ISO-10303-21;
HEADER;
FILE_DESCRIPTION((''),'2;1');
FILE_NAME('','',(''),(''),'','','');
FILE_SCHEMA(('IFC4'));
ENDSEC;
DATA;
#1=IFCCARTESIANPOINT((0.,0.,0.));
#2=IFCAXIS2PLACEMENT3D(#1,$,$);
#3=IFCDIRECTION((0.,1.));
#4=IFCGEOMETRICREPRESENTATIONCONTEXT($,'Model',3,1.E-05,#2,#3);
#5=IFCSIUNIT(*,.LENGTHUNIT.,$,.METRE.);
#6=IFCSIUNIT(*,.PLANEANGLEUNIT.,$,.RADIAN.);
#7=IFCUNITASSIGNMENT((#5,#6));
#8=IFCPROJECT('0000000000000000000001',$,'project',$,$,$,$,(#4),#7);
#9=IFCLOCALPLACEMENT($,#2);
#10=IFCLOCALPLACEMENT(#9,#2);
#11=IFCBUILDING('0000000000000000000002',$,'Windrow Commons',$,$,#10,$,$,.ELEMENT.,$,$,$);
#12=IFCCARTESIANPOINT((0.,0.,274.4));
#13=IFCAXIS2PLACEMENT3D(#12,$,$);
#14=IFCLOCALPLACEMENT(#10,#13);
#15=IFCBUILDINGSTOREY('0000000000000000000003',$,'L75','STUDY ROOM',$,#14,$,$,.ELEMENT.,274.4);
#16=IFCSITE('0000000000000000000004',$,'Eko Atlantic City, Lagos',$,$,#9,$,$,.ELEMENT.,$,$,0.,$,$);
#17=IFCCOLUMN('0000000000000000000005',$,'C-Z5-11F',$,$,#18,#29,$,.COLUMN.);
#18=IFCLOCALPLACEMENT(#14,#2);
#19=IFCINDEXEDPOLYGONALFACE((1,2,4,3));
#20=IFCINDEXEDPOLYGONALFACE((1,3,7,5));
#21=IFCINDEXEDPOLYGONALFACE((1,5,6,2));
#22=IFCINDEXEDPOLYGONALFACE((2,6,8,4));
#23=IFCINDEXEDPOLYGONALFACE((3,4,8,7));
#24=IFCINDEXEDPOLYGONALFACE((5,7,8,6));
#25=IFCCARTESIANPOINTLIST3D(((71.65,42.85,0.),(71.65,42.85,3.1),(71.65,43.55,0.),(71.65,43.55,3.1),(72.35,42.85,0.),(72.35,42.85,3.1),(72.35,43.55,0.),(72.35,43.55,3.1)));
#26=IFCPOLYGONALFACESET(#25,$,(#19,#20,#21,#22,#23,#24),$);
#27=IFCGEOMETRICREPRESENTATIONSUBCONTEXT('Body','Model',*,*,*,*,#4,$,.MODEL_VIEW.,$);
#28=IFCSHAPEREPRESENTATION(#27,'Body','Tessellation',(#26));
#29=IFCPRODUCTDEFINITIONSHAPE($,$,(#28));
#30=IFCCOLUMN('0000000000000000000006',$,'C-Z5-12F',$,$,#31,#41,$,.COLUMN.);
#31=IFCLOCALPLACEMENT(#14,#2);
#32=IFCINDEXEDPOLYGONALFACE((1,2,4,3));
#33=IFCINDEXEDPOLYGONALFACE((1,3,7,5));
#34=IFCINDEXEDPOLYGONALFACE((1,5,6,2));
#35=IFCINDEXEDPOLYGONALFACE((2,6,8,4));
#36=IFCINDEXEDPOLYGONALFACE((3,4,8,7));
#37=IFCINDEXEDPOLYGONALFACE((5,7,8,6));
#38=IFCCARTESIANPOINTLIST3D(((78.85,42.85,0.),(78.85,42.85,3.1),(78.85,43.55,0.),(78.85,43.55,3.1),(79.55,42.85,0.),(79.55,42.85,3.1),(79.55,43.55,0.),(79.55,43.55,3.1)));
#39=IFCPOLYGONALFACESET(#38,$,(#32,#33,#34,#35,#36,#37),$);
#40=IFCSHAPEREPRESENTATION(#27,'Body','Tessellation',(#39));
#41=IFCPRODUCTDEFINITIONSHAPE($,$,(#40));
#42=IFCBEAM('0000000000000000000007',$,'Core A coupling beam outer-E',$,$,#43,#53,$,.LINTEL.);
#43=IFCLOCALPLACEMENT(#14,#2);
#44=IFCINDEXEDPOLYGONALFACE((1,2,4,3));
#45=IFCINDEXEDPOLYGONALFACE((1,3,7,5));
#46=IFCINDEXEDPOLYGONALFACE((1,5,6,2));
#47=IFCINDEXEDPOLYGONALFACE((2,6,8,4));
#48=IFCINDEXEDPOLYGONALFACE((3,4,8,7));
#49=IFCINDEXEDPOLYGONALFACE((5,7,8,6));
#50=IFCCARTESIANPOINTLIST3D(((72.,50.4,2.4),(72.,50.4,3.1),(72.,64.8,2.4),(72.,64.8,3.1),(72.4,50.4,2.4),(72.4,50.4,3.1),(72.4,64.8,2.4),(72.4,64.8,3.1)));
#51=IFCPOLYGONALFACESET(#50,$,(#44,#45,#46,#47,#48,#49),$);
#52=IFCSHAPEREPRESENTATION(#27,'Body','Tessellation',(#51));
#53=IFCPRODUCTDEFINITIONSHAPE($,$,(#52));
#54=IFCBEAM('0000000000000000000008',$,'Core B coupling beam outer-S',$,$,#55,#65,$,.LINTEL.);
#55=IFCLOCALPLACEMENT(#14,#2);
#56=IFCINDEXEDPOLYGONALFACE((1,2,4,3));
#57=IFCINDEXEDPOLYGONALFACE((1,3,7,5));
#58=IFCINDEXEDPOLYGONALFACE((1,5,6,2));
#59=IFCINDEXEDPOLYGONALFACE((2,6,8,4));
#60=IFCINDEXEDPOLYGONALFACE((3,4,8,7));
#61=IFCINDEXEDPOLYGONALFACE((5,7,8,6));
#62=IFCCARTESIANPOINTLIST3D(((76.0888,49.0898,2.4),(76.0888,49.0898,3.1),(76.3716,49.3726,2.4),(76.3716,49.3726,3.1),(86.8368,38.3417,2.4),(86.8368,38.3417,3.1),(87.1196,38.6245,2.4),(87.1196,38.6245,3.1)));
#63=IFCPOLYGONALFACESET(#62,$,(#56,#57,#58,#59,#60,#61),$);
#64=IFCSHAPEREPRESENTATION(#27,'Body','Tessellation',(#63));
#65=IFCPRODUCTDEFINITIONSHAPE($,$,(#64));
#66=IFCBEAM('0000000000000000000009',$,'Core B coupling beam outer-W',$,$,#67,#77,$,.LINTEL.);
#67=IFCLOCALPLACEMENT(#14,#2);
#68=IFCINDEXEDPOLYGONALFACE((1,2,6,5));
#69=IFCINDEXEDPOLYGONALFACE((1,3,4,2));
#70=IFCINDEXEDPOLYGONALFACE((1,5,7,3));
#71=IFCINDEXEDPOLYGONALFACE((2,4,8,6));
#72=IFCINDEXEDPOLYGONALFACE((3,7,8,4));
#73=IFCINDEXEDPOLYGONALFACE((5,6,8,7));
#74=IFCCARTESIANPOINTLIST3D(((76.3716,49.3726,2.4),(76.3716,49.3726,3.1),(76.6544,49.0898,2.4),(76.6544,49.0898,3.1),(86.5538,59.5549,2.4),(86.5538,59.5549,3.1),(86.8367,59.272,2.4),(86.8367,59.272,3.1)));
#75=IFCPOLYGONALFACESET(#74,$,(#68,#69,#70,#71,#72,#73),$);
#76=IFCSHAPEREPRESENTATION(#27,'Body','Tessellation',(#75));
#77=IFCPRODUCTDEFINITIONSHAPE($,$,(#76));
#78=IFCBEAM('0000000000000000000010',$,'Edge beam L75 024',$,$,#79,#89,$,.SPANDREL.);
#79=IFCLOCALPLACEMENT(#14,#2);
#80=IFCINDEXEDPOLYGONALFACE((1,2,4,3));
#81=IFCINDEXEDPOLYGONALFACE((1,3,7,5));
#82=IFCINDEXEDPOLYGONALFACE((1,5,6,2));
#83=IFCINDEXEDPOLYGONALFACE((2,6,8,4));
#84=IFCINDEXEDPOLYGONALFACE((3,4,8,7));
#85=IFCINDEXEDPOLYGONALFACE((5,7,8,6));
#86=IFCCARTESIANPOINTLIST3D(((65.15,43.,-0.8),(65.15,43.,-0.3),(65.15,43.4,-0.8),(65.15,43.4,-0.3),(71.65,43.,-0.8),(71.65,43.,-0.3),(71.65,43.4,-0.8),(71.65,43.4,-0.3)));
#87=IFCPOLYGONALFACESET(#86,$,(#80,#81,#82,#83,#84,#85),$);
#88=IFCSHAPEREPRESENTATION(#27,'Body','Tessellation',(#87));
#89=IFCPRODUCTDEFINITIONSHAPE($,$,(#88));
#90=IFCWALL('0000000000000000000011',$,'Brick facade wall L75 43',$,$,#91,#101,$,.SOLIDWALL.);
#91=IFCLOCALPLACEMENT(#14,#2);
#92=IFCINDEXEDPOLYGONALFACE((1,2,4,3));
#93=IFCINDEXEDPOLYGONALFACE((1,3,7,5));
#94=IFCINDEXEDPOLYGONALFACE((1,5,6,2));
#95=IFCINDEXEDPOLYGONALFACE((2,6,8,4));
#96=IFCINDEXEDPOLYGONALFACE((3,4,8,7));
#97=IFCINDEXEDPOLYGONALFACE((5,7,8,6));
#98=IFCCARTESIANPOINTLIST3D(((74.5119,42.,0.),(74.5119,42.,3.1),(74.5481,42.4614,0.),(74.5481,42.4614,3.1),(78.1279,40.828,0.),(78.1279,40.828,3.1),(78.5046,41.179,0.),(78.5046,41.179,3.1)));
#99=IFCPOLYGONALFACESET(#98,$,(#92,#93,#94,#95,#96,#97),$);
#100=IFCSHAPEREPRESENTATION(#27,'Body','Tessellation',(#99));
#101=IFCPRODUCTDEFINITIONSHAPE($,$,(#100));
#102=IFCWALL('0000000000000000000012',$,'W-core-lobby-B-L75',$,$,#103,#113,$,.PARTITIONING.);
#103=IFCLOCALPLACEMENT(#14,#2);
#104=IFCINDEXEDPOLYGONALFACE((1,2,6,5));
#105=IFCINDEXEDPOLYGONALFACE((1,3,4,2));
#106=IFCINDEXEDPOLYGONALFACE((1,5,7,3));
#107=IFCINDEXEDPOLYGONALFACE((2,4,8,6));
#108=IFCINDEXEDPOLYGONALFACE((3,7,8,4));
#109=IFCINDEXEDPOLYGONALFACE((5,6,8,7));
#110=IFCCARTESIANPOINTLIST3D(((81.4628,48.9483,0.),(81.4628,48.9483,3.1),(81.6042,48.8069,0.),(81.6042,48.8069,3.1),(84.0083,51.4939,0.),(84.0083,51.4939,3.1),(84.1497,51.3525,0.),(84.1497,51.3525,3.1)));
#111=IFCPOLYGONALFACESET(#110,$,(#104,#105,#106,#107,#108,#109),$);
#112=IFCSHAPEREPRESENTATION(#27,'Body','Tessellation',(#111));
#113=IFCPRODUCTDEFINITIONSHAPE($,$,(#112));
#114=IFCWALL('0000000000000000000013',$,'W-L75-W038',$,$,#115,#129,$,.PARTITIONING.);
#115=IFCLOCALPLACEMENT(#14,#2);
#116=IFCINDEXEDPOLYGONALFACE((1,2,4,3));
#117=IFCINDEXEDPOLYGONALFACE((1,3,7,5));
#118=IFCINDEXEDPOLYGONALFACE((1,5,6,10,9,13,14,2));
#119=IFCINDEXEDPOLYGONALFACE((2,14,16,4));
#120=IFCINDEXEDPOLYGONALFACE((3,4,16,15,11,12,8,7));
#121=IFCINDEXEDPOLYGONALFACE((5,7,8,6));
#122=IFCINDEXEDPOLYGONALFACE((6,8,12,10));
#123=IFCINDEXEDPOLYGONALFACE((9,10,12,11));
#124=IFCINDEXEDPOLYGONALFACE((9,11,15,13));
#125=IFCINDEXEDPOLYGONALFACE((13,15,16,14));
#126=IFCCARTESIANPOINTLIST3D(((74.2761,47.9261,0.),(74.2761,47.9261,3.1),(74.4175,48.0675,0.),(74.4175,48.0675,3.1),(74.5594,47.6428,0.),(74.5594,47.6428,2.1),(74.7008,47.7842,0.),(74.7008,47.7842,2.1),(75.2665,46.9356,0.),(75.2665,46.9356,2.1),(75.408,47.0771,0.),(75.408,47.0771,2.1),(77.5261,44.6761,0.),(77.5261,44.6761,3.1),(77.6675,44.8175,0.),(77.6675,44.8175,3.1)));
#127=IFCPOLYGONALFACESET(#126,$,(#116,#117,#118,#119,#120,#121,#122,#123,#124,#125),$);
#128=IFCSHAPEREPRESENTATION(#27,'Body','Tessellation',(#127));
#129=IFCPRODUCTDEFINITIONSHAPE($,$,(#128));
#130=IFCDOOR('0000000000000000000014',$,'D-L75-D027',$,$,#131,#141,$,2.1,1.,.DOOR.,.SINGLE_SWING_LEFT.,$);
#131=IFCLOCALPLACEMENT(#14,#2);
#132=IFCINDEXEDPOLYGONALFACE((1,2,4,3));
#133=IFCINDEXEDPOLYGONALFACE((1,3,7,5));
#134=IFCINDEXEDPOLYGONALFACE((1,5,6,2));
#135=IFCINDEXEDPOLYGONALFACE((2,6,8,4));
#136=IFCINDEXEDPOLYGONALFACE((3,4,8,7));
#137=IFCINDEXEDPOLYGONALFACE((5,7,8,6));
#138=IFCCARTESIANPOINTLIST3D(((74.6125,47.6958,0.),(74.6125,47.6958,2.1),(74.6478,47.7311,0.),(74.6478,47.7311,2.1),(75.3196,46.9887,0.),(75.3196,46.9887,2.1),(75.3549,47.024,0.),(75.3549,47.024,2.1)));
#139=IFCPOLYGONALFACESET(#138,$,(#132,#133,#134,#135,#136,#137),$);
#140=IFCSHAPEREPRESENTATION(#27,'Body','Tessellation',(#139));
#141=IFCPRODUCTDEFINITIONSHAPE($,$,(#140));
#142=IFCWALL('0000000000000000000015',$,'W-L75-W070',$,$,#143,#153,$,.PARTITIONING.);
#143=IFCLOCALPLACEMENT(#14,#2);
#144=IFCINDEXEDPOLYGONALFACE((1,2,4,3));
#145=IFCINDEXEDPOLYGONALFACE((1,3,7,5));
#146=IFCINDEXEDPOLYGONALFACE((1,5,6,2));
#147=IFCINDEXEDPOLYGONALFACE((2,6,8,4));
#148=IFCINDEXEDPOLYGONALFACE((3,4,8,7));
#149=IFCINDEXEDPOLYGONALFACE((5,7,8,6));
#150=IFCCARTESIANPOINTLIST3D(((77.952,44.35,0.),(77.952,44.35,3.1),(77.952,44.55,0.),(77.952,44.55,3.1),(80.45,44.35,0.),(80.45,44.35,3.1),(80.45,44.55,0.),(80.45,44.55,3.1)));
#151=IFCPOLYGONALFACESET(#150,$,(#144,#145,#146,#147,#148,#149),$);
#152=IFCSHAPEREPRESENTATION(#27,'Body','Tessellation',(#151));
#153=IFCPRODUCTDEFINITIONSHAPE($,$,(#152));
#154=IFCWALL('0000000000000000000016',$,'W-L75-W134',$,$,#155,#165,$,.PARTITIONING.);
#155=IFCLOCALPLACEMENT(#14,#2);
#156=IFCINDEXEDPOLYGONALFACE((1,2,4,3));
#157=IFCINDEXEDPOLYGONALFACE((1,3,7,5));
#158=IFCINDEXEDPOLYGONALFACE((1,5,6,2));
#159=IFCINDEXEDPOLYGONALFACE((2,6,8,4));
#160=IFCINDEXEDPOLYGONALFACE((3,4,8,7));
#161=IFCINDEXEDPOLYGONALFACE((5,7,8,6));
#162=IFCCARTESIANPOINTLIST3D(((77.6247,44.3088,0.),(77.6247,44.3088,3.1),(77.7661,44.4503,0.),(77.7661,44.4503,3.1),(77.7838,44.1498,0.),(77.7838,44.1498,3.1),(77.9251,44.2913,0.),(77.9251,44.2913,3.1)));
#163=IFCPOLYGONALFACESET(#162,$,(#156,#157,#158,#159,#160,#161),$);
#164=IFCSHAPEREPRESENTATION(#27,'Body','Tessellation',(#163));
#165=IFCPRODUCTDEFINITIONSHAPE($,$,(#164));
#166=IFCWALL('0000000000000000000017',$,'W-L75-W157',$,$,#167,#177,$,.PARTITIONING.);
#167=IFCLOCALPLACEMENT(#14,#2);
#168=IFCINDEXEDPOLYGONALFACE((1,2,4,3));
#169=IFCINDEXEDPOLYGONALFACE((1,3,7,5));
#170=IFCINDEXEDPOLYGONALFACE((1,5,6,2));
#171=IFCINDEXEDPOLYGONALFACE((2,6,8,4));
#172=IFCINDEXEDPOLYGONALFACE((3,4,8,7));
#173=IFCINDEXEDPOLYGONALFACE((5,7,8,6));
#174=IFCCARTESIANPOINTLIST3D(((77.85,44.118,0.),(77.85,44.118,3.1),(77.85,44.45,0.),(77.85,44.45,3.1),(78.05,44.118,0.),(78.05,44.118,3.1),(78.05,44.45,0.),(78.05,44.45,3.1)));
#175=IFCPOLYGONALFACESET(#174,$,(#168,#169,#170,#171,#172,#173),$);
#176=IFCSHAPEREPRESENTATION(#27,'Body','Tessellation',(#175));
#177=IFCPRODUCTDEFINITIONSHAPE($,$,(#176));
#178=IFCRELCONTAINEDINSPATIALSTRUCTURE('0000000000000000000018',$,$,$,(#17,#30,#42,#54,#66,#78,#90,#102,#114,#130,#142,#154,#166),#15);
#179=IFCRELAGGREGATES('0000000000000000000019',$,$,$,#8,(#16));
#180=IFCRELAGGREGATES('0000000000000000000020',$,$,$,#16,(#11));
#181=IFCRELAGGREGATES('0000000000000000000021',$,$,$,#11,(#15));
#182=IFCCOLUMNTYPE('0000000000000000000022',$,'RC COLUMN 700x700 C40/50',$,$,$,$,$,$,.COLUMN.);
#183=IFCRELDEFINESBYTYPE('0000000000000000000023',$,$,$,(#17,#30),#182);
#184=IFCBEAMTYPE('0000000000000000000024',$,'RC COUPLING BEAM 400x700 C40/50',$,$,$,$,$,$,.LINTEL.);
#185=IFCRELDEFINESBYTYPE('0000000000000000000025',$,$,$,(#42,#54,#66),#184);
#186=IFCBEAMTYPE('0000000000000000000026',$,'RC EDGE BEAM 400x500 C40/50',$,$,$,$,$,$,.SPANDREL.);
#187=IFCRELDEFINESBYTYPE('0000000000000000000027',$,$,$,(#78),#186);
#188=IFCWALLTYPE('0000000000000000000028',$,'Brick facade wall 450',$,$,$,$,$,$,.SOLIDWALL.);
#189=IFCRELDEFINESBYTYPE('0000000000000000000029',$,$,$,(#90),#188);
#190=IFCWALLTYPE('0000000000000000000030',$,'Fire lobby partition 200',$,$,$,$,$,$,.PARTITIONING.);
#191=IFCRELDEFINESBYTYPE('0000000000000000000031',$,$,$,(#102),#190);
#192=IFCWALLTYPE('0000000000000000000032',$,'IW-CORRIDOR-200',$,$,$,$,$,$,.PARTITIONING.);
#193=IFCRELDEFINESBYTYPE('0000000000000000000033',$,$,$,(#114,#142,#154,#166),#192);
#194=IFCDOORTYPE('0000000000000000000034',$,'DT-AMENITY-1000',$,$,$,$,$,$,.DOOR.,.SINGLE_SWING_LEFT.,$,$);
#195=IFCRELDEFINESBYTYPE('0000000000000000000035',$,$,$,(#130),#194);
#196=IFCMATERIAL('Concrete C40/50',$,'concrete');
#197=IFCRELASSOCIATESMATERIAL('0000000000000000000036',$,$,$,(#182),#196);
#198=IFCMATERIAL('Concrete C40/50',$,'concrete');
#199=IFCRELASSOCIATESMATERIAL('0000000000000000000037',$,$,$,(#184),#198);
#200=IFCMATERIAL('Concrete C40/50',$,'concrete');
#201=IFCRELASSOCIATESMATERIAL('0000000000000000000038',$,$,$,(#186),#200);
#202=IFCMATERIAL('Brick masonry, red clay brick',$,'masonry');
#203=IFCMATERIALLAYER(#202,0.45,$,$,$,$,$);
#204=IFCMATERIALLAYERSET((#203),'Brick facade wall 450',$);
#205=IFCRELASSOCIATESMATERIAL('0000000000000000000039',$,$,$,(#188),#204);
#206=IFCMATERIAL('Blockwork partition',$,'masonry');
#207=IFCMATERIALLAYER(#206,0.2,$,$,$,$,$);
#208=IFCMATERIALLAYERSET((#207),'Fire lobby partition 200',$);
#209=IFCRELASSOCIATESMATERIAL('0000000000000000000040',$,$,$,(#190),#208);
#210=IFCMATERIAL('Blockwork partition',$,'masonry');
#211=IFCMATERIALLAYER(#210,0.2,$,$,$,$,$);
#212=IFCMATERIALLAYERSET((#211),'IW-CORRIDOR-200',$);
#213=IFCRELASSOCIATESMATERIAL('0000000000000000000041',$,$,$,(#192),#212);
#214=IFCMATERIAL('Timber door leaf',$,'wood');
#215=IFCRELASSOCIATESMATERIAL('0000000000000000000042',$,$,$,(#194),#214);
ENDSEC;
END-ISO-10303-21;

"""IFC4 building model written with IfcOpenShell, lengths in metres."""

from ifc_helpers import new_model, si_unit, direction, frame, frame_2d, origin, origin_2d, place, context, subcontext, project, spatial, polyline, rectangle, outline, extrude, material, layer, layer_set, material_profile, profile_set, type_object, element, fill, save


model = new_model("IFC4")

# Units and contexts
model_context = context("Model", 3, precision=1e-05, world=origin(), true_north=direction((0.0, 1.0)))
body_context = subcontext(model_context, "Body", "Model", "MODEL_VIEW")
ifc_project = project(units=[si_unit("LENGTHUNIT", "METRE"), si_unit("PLANEANGLEUNIT", "RADIAN")], contexts=[model_context])

# Site, building, storey
site_placement = place(None, origin())
site = spatial("IfcSite", under=ifc_project, at=site_placement, Name="Eko Atlantic City, Lagos", CompositionType="ELEMENT", RefElevation=0.0)
building_placement = place(site_placement, origin())
building = spatial("IfcBuilding", under=site, at=building_placement, Name="Windrow Commons", CompositionType="ELEMENT")
storey_placement = place(building_placement, frame((0.0, 0.0, 274.4)))
storey = spatial("IfcBuildingStorey", under=building, at=storey_placement, Name="L75", Description="STUDY ROOM", CompositionType="ELEMENT", Elevation=274.4)

# Columns
ifc_material_1 = material(Name="Concrete C40/50", Category="concrete")
ifc_material_profile_1 = material_profile(ifc_material_1, rectangle(XDim=0.7, YDim=0.7, at=origin_2d()))
ifc_profile_set_1 = profile_set([ifc_material_profile_1], Name="Concrete C40/50")
column_type = type_object("IfcColumnType", Name="RC COLUMN 700x700 C40/50", PredefinedType="COLUMN", material=ifc_profile_set_1)
for number, where, z_axis, x_axis, name in (
    (1, (72.0, 43.2, 0.0), (0.0, 0.0, 1.0), (1.0, 0.0, 0.0), "C-Z5-11F"),
    (2, (79.2, 43.2, 0.0), (0.0, 0.0, 1.0), (1.0, 0.0, 0.0), "C-Z5-12F"),
):
    element("IfcColumn", number, at=place(storey_placement, frame(where, z_axis=z_axis, x_axis=x_axis)), inside=storey, type_object=column_type, Name=name, PredefinedType="COLUMN", context=body_context, shape_type="SweptSolid", body=[
        extrude(rectangle(XDim=0.7, YDim=0.7, at=origin_2d()), origin(), (0.0, 0.0, 1.0), 3.1),
    ])

# Beams
ifc_material_2 = material(Name="Concrete C40/50", Category="concrete")
ifc_material_profile_2 = material_profile(ifc_material_2, rectangle(XDim=0.4, YDim=0.7, at=origin_2d()))
ifc_profile_set_2 = profile_set([ifc_material_profile_2], Name="Concrete C40/50")
beam_type_1 = type_object("IfcBeamType", Name="RC COUPLING BEAM 400x700 C40/50", PredefinedType="LINTEL", material=ifc_profile_set_2)
beam_1_placement = place(storey_placement, frame((72.2, 50.4, 2.75), z_axis=(0.0, 1.0, 0.0), x_axis=(-1.0, 0.0, 0.0)))
element("IfcBeam", 3, at=beam_1_placement, inside=storey, type_object=beam_type_1, Name="Core A coupling beam outer-E", PredefinedType="LINTEL", context=body_context, shape_type="SweptSolid", body=[
    extrude(rectangle(XDim=0.4, YDim=0.7, at=origin_2d()), origin(), (0.0, 0.0, 1.0), 14.4),
])
beam_2_placement = place(storey_placement, frame((76.2302, 49.2312, 2.75), z_axis=(0.707103, -0.70711, 0.0), x_axis=(0.70711, 0.707103, 0.0)))
element("IfcBeam", 4, at=beam_2_placement, inside=storey, type_object=beam_type_1, Name="Core B coupling beam outer-S", PredefinedType="LINTEL", context=body_context, shape_type="SweptSolid", body=[
    extrude(rectangle(XDim=0.4, YDim=0.7, at=origin_2d()), origin(), (0.0, 0.0, 1.0), 15.2),
])
beam_3_placement = place(storey_placement, frame((76.513, 49.2312, 2.75), z_axis=(0.707107, 0.707107, 0.0), x_axis=(-0.707107, 0.707107, 0.0)))
element("IfcBeam", 5, at=beam_3_placement, inside=storey, type_object=beam_type_1, Name="Core B coupling beam outer-W", PredefinedType="LINTEL", context=body_context, shape_type="SweptSolid", body=[
    extrude(rectangle(XDim=0.4, YDim=0.7, at=origin_2d()), origin(), (0.0, 0.0, 1.0), 14.3999),
])
ifc_material_3 = material(Name="Concrete C40/50", Category="concrete")
ifc_material_profile_3 = material_profile(ifc_material_3, rectangle(XDim=0.4, YDim=0.5, at=origin_2d()))
ifc_profile_set_3 = profile_set([ifc_material_profile_3], Name="Concrete C40/50")
beam_type_2 = type_object("IfcBeamType", Name="RC EDGE BEAM 400x500 C40/50", PredefinedType="SPANDREL", material=ifc_profile_set_3)
beam_4_placement = place(storey_placement, frame((71.65, 43.2, -0.55), z_axis=(-1.0, 0.0, 0.0), x_axis=(0.0, -1.0, 0.0)))
element("IfcBeam", 6, at=beam_4_placement, inside=storey, type_object=beam_type_2, Name="Edge beam L75 024", PredefinedType="SPANDREL", context=body_context, shape_type="SweptSolid", body=[
    extrude(rectangle(XDim=0.4, YDim=0.5, at=origin_2d()), origin(), (0.0, 0.0, 1.0), 6.5),
])

# Walls
ifc_material_4 = material(Name="Brick masonry, red clay brick", Category="masonry")
ifc_layer_1 = layer(ifc_material_4, 0.45)
ifc_layer_set_1 = layer_set([ifc_layer_1], Name="Brick facade wall 450")
wall_type_1 = type_object("IfcWallType", Name="Brick facade wall 450", PredefinedType="SOLIDWALL", material=ifc_layer_set_1)
wall_1_placement = place(storey_placement, frame((74.53, 42.2307, 0.0), z_axis=(0.0, 0.0, 1.0), x_axis=(0.951281, -0.308325, 0.0)))
element("IfcWall", 7, at=wall_1_placement, inside=storey, type_object=wall_type_1, Name="Brick facade wall L75 43", PredefinedType="SOLIDWALL", context=body_context, shape_type="SweptSolid", body=[
    extrude(outline(polyline([(0.0539, -0.225), (3.8551, -0.225), (4.1052, 0.225), (-0.0539, 0.225), (0.0539, -0.225)])), origin(), (0.0, 0.0, 1.0), 3.1),
])
ifc_material_5 = material(Name="Blockwork partition", Category="masonry")
ifc_layer_2 = layer(ifc_material_5, 0.2)
ifc_layer_set_2 = layer_set([ifc_layer_2], Name="Fire lobby partition 200")
wall_type_2 = type_object("IfcWallType", Name="Fire lobby partition 200", PredefinedType="PARTITIONING", material=ifc_layer_set_2)
wall_2_placement = place(storey_placement, frame((81.5335, 48.8776, 0.0), z_axis=(0.0, 0.0, 1.0), x_axis=(0.707093, 0.707121, 0.0)))
element("IfcWall", 8, at=wall_2_placement, inside=storey, type_object=wall_type_2, Name="W-core-lobby-B-L75", PredefinedType="PARTITIONING", context=body_context, shape_type="SweptSolid", body=[
    extrude(rectangle(XDim=3.6, YDim=0.2, at=frame_2d((1.8, 0.0))), origin(), (0.0, 0.0, 1.0), 3.1),
])

# Wall, opening, door
ifc_material_6 = material(Name="Blockwork partition", Category="masonry")
ifc_layer_3 = layer(ifc_material_6, 0.2)
ifc_layer_set_3 = layer_set([ifc_layer_3], Name="IW-CORRIDOR-200")
wall_type_3 = type_object("IfcWallType", Name="IW-CORRIDOR-200", PredefinedType="PARTITIONING", material=ifc_layer_set_3)
wall_3_placement = place(storey_placement, frame((74.3468, 47.9968, 0.0), z_axis=(0.0, 0.0, 1.0), x_axis=(0.707107, -0.707107, 0.0)))
wall_3 = element("IfcWall", 9, at=wall_3_placement, inside=storey, type_object=wall_type_3, Name="W-L75-W038", PredefinedType="PARTITIONING", context=body_context, shape_type="SweptSolid", body=[
    extrude(rectangle(XDim=4.5962, YDim=0.2, at=frame_2d((2.2981, 0.0))), origin(), (0.0, 0.0, 1.0), 3.1),
])
opening_1_placement = place(wall_3_placement, frame((0.4007, 0.0, 0.0)))
opening_1 = element("IfcOpeningElement", 10, at=opening_1_placement, cuts=wall_3, PredefinedType="OPENING", context=body_context, shape_type="SweptSolid", body=[
    extrude(rectangle(XDim=1.0, YDim=2.1, at=frame_2d((0.5, 1.05))), frame((0.0, 0.11, 0.0), z_axis=(0.0, -1.0, 0.0), x_axis=(1.0, 0.0, 0.0)), (0.0, 0.0, 1.0), 0.22),
])
ifc_material_7 = material(Name="Timber door leaf", Category="wood")
door_type_1 = type_object("IfcDoorType", Name="DT-AMENITY-1000", OperationType="SINGLE_SWING_LEFT", PredefinedType="DOOR", material=ifc_material_7)
door_1_placement = place(opening_1_placement, origin())
door_1 = element("IfcDoor", 11, at=door_1_placement, inside=storey, type_object=door_type_1, Name="D-L75-D027", OperationType="SINGLE_SWING_LEFT", OverallHeight=2.1, OverallWidth=1.0, PredefinedType="DOOR", context=body_context, shape_type="SweptSolid", body=[
    extrude(rectangle(XDim=1.0, YDim=2.1, at=frame_2d((0.5, 1.05))), frame((0.0, 0.025, 0.0), z_axis=(0.0, -1.0, 0.0), x_axis=(1.0, 0.0, 0.0)), (0.0, 0.0, 1.0), 0.05),
])
fill(opening_1, door_1)

# Walls
wall_4_placement = place(storey_placement, frame((77.952, 44.45, 0.0), z_axis=(0.0, 0.0, 1.0), x_axis=(1.0, 0.0, 0.0)))
element("IfcWall", 12, at=wall_4_placement, inside=storey, type_object=wall_type_3, Name="W-L75-W070", PredefinedType="PARTITIONING", context=body_context, shape_type="SweptSolid", body=[
    extrude(rectangle(XDim=2.498, YDim=0.2, at=frame_2d((1.249, 0.0))), origin(), (0.0, 0.0, 1.0), 3.1),
])
wall_5_placement = place(storey_placement, frame((77.6954, 44.3795, 0.0), z_axis=(0.0, 0.0, 1.0), x_axis=(0.707329, -0.706884, 0.0)))
element("IfcWall", 13, at=wall_5_placement, inside=storey, type_object=wall_type_3, Name="W-L75-W134", PredefinedType="PARTITIONING", context=body_context, shape_type="SweptSolid", body=[
    extrude(rectangle(XDim=0.2249, YDim=0.2, at=frame_2d((0.1124, 0.0))), origin(), (0.0, 0.0, 1.0), 3.1),
])
wall_6_placement = place(storey_placement, frame((77.95, 44.118, 0.0), z_axis=(0.0, 0.0, 1.0), x_axis=(0.0, 1.0, 0.0)))
element("IfcWall", 14, at=wall_6_placement, inside=storey, type_object=wall_type_3, Name="W-L75-W157", PredefinedType="PARTITIONING", context=body_context, shape_type="SweptSolid", body=[
    extrude(rectangle(XDim=0.332, YDim=0.2, at=frame_2d((0.166, 0.0))), origin(), (0.0, 0.0, 1.0), 3.1),
])

save(model, "model.ifc")
